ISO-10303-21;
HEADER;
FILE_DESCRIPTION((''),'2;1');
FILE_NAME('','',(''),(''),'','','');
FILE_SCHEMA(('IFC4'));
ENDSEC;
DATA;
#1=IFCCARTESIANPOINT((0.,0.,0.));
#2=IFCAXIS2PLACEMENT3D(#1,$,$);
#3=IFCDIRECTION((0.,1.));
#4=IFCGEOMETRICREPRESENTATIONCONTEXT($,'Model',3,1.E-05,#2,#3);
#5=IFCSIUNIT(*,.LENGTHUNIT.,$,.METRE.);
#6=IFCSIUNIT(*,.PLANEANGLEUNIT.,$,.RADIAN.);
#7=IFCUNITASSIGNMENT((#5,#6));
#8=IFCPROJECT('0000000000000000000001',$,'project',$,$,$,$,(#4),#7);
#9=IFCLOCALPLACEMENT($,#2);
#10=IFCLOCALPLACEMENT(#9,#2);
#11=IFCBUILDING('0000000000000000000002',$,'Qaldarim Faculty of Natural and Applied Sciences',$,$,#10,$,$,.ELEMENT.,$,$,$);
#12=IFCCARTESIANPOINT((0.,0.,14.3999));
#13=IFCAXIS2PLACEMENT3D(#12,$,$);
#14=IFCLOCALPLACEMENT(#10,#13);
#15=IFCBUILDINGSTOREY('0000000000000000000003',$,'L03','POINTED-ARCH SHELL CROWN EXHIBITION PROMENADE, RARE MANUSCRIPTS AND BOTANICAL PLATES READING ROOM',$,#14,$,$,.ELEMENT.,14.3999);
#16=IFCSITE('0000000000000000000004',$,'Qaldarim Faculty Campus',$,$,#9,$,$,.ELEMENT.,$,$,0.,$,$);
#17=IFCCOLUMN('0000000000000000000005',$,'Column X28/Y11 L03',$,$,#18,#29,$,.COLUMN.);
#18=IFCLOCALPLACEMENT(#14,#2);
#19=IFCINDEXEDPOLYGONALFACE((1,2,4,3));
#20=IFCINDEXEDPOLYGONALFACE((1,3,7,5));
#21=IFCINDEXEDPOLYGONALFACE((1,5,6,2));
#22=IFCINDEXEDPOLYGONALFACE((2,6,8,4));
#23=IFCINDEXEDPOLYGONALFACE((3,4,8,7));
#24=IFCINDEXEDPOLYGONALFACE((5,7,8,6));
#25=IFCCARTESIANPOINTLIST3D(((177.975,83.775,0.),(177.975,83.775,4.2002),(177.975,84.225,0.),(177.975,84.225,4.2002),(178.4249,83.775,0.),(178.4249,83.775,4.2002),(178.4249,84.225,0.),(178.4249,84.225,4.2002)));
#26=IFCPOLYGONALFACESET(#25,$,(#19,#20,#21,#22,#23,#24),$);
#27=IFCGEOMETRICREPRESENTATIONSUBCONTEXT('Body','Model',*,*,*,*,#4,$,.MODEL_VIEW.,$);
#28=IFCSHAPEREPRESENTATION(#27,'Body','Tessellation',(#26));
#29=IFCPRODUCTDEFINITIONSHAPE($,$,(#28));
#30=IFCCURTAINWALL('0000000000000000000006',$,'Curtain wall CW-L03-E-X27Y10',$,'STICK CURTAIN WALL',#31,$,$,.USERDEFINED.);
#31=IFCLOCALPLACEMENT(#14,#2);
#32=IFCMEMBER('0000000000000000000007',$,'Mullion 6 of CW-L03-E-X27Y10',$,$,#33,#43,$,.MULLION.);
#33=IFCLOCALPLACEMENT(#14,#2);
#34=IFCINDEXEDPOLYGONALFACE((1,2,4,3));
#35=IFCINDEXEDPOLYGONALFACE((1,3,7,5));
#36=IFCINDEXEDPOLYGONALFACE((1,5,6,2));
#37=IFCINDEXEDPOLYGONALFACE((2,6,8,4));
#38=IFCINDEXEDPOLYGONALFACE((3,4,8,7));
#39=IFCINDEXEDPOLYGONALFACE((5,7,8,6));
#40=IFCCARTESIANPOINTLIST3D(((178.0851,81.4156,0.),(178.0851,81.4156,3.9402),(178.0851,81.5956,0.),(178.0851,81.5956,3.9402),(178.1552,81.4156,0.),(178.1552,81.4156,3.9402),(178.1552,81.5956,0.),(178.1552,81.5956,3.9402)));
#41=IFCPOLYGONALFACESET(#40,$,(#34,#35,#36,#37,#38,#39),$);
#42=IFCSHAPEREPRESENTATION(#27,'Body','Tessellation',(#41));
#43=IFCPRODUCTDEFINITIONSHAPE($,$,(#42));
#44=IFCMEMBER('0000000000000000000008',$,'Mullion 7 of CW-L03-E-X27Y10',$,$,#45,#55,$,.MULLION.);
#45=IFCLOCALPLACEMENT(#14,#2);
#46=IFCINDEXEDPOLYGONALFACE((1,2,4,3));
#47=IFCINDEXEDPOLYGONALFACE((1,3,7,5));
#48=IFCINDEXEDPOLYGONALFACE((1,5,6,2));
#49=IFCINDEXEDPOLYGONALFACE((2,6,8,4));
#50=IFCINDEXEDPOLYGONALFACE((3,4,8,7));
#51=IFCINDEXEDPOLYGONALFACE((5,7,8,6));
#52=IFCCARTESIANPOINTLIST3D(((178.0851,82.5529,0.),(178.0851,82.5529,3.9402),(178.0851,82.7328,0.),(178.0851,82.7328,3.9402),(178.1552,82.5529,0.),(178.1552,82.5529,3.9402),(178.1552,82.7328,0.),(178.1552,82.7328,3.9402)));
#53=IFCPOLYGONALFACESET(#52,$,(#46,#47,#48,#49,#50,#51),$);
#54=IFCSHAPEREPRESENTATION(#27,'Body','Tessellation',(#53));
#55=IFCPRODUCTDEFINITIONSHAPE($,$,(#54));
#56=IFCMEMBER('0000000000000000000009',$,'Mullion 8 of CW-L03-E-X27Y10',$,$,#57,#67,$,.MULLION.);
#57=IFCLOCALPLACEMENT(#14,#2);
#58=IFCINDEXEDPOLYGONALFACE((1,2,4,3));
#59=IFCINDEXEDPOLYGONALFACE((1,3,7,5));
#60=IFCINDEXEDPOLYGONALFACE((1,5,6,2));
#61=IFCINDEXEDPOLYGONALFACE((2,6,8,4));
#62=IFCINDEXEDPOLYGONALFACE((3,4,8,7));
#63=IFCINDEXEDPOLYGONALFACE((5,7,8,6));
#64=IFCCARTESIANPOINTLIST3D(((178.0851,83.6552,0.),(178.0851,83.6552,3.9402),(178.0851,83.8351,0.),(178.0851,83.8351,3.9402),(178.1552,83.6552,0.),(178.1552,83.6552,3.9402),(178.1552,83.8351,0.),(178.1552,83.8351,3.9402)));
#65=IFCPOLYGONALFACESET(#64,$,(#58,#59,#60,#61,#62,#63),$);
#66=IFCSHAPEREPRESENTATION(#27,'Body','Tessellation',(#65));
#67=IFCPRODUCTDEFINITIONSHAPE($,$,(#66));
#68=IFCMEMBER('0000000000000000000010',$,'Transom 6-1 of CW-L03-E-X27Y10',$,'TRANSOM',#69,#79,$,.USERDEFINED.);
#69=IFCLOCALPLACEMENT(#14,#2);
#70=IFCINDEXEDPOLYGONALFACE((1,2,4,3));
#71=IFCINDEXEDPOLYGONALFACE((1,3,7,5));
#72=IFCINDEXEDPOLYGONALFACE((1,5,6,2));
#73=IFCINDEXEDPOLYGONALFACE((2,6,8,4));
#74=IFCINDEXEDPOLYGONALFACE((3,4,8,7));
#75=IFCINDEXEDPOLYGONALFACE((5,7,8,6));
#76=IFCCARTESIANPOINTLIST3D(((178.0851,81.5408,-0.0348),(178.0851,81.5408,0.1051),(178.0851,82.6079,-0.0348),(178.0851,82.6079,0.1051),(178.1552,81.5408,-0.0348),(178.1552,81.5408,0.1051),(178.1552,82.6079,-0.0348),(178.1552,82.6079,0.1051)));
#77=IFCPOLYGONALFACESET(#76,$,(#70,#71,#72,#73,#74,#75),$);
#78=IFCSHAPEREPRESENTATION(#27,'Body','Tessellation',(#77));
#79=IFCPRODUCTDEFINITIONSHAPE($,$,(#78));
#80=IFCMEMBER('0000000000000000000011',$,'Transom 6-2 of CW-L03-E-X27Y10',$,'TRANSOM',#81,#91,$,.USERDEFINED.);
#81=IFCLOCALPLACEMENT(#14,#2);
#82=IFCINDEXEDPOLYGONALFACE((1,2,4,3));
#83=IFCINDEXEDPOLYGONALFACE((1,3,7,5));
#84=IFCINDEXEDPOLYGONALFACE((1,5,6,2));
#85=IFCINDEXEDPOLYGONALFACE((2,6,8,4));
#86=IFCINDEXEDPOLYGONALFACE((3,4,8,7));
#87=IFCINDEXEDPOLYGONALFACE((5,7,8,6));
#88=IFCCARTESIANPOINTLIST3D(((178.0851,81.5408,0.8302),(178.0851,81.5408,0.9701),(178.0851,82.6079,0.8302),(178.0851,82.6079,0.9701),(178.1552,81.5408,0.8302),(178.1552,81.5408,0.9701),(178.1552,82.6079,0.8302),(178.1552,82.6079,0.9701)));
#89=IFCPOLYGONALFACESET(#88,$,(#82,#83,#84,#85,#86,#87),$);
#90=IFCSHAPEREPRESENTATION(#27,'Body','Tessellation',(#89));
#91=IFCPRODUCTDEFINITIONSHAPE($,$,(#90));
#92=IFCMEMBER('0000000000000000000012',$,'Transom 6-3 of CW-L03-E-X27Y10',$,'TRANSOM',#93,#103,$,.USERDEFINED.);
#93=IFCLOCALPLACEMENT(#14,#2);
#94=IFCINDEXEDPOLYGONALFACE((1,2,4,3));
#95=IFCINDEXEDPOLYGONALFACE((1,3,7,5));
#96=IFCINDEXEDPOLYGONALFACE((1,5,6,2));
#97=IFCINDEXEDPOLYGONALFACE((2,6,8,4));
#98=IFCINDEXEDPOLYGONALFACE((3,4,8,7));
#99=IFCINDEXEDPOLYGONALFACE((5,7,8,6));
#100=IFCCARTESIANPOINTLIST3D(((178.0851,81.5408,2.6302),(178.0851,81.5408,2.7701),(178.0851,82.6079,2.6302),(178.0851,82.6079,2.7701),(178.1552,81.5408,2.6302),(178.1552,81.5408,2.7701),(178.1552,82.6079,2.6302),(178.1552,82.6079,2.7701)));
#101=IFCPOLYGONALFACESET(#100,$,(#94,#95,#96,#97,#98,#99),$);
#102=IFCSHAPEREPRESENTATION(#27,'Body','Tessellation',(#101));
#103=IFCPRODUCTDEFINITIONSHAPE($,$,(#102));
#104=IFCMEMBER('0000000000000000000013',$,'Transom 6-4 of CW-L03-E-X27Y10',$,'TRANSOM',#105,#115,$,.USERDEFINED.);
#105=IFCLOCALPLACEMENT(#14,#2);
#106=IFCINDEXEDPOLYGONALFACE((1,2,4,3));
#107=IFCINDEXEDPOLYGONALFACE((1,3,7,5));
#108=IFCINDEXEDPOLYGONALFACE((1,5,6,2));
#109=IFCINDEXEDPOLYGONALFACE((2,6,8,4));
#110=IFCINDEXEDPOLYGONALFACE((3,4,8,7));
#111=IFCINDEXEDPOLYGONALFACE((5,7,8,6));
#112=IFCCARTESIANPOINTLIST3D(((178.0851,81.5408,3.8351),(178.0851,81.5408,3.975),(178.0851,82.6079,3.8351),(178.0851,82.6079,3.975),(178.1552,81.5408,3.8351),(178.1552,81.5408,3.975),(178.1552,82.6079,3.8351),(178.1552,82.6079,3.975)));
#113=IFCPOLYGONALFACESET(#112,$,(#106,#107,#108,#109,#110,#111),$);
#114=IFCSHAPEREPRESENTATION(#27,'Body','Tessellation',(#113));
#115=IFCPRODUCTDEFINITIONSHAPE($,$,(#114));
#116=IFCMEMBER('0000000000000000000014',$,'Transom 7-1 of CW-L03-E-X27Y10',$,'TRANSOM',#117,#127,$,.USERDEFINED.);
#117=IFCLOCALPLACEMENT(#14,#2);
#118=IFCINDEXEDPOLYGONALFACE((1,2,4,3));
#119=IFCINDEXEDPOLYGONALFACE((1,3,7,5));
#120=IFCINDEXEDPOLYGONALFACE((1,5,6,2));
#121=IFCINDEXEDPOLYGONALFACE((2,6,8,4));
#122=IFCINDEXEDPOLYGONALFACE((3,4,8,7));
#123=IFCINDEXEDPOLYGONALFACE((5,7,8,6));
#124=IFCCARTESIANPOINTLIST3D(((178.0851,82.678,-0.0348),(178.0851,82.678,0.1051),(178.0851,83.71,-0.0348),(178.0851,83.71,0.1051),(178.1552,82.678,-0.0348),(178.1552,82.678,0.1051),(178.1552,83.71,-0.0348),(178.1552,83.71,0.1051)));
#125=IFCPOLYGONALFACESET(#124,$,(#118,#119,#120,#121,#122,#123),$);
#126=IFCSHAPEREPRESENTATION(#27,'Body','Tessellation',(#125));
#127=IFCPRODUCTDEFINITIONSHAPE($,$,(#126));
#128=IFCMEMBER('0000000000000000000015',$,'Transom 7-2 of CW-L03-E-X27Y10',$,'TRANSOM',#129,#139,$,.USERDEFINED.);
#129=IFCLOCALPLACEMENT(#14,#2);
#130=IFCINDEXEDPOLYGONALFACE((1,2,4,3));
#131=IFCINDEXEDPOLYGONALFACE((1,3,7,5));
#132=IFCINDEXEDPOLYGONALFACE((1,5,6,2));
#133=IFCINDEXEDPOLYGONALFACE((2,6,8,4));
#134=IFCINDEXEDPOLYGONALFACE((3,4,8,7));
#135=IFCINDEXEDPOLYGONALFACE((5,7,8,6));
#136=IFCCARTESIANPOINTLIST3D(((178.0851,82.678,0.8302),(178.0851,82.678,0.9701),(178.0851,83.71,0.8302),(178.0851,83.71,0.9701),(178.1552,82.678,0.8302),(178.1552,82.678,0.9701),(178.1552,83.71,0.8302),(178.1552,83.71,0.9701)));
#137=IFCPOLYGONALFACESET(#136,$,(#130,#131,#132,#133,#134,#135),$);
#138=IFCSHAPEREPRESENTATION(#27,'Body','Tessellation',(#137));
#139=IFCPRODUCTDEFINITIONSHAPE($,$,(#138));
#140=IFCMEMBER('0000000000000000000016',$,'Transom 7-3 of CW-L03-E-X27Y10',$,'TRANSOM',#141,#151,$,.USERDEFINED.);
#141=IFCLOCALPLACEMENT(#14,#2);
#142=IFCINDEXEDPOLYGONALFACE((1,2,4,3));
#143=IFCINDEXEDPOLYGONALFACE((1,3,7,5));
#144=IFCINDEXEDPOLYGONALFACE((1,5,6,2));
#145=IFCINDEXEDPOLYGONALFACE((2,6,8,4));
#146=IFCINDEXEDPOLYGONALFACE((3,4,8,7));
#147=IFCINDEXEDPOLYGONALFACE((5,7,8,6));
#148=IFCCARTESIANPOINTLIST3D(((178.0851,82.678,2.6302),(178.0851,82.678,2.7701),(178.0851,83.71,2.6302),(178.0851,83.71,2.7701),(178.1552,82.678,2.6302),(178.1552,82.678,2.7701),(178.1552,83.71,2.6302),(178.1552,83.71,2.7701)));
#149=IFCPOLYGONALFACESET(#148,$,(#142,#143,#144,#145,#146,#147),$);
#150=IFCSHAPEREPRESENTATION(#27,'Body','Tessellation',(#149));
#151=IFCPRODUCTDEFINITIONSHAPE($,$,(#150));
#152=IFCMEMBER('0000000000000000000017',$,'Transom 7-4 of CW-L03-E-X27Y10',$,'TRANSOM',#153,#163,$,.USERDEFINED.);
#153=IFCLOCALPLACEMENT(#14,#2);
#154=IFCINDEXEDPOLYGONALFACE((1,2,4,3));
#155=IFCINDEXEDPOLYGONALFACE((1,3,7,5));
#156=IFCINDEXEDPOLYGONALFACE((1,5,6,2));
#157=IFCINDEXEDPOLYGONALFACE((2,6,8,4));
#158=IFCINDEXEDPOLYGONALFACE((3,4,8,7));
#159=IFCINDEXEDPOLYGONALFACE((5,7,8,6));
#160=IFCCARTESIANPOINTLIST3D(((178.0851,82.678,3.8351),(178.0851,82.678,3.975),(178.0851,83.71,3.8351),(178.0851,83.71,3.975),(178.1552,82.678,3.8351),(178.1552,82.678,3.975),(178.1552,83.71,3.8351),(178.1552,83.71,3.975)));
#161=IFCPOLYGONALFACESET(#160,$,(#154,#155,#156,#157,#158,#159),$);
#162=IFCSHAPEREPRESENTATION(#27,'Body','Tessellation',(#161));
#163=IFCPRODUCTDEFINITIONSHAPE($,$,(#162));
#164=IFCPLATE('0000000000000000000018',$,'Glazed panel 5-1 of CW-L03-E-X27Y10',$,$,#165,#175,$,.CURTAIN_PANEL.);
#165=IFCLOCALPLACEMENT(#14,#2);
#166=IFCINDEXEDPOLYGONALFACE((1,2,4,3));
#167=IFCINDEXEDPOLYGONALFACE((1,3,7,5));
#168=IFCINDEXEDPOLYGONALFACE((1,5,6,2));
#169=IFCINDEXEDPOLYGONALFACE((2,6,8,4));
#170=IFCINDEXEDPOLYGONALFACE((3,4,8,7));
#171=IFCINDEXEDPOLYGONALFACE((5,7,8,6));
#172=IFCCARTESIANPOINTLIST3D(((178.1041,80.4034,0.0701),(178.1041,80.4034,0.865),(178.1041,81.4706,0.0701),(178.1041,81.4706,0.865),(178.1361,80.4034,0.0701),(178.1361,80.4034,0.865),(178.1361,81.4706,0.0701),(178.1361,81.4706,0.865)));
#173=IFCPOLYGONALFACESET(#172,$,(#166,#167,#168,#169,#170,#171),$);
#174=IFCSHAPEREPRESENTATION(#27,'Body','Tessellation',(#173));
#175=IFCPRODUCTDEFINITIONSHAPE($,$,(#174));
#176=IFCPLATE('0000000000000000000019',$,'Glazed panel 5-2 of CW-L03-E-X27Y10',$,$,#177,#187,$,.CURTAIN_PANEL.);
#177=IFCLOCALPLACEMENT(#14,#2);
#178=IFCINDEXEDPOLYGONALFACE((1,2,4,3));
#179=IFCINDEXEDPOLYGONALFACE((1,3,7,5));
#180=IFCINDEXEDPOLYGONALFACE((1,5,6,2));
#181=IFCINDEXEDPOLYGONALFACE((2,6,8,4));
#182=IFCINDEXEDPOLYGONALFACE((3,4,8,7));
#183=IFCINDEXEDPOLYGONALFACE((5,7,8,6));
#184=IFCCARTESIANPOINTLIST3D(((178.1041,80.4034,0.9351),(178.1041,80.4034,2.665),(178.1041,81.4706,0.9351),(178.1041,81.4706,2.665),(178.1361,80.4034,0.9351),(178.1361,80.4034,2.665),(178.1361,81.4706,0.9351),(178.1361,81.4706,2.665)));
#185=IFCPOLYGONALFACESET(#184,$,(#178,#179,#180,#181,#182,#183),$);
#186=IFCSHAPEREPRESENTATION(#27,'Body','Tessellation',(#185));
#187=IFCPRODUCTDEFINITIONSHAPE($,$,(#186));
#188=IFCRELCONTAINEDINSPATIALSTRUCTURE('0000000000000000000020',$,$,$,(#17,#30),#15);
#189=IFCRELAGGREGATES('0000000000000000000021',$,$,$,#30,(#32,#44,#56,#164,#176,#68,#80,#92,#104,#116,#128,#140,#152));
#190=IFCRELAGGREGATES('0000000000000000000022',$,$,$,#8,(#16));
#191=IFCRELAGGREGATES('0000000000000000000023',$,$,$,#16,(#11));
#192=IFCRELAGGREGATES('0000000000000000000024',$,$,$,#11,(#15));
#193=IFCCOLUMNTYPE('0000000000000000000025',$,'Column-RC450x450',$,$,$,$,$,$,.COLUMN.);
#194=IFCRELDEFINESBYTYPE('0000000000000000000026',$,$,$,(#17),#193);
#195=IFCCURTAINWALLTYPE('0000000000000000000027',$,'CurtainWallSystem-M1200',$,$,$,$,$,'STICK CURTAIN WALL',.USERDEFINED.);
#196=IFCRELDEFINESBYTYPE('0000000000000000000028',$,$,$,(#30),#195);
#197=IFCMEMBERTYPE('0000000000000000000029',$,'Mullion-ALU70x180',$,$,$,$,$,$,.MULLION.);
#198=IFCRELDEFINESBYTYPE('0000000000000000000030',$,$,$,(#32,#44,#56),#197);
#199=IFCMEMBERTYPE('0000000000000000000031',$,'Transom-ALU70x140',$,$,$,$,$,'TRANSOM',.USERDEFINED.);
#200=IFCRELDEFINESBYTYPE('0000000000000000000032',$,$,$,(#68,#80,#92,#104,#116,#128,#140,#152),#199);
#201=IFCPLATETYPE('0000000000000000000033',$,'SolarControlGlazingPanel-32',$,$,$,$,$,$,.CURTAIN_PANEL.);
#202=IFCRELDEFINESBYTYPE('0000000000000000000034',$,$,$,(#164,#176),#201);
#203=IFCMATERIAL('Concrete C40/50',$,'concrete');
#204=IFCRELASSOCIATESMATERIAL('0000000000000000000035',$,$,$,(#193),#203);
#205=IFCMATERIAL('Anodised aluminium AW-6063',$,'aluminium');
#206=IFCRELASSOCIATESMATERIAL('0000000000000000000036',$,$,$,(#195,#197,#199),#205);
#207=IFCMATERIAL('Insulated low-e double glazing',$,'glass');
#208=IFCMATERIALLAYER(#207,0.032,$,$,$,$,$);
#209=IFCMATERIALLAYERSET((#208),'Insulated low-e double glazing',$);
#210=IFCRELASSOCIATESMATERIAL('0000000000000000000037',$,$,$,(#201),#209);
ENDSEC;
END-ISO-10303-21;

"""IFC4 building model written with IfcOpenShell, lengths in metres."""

from ifc_helpers import new_model, si_unit, direction, frame, origin, origin_2d, place, context, subcontext, project, spatial, rectangle, extrude, material, layer, layer_set, material_profile, profile_set, type_object, element, aggregate, save


model = new_model("IFC4")

# Units and contexts
model_context = context("Model", 3, precision=1e-05, world=origin(), true_north=direction((0.0, 1.0)))
body_context = subcontext(model_context, "Body", "Model", "MODEL_VIEW")
ifc_project = project(units=[si_unit("LENGTHUNIT", "METRE"), si_unit("PLANEANGLEUNIT", "RADIAN")], contexts=[model_context])

# Site, building, storey
site_placement = place(None, origin())
site = spatial("IfcSite", under=ifc_project, at=site_placement, Name="Qaldarim Faculty Campus", CompositionType="ELEMENT", RefElevation=0.0)
building_placement = place(site_placement, origin())
building = spatial("IfcBuilding", under=site, at=building_placement, Name="Qaldarim Faculty of Natural and Applied Sciences", CompositionType="ELEMENT")
storey_placement = place(building_placement, frame((0.0, 0.0, 14.3999)))
storey = spatial("IfcBuildingStorey", under=building, at=storey_placement, Name="L03", Description="POINTED-ARCH SHELL CROWN EXHIBITION PROMENADE, RARE MANUSCRIPTS AND BOTANICAL PLATES READING ROOM", CompositionType="ELEMENT", Elevation=14.3999)

# Column
ifc_material_1 = material(Name="Concrete C40/50", Category="concrete")
ifc_material_profile_1 = material_profile(ifc_material_1, rectangle(XDim=0.45, YDim=0.45, at=origin_2d()), Name="RC-C450x450")
ifc_profile_set_1 = profile_set([ifc_material_profile_1], Name="Concrete C40/50")
column_type = type_object("IfcColumnType", Name="Column-RC450x450", PredefinedType="COLUMN", material=ifc_profile_set_1)
column_placement = place(storey_placement, frame((178.2, 84.0, 0.0), z_axis=(0.0, 0.0, 1.0), x_axis=(1.0, 0.0, 0.0)))
element("IfcColumn", 1, at=column_placement, inside=storey, type_object=column_type, Name="Column X28/Y11 L03", PredefinedType="COLUMN", context=body_context, shape_type="SweptSolid", body=[
    extrude(rectangle(XDim=0.45, YDim=0.45, at=origin_2d()), origin(), (0.0, 0.0, 1.0), 4.2002),
])

# Curtain wall, members, plates
ifc_material_2 = material(Name="Anodised aluminium AW-6063", Category="aluminium")
curtain_wall_type = type_object("IfcCurtainWallType", Name="CurtainWallSystem-M1200", ElementType="STICK CURTAIN WALL", PredefinedType="USERDEFINED", material=ifc_material_2)
curtain_wall_placement = place(storey_placement, origin())
curtain_wall = element("IfcCurtainWall", 2, at=curtain_wall_placement, inside=storey, type_object=curtain_wall_type, Name="Curtain wall CW-L03-E-X27Y10", ObjectType="STICK CURTAIN WALL", PredefinedType="USERDEFINED")
ifc_material_profile_2 = material_profile(ifc_material_2, rectangle(XDim=0.0701, YDim=0.1799, at=origin_2d()), Name="ALU-M70x180")
ifc_profile_set_2 = profile_set([ifc_material_profile_2], Name="Anodised aluminium AW-6063")
member_type_1 = type_object("IfcMemberType", Name="Mullion-ALU70x180", PredefinedType="MULLION", material=ifc_profile_set_2)
member_1_placement = place(storey_placement, frame((178.1201, 81.5056, 0.0), z_axis=(0.0, 0.0, 1.0), x_axis=(-1.0, 0.0, 0.0)))
member_1 = element("IfcMember", 3, at=member_1_placement, type_object=member_type_1, Name="Mullion 6 of CW-L03-E-X27Y10", PredefinedType="MULLION", context=body_context, shape_type="SweptSolid", body=[
    extrude(rectangle(XDim=0.0701, YDim=0.1799, at=origin_2d()), origin(), (0.0, 0.0, 1.0), 3.9402),
])
member_2_placement = place(storey_placement, frame((178.1201, 82.6428, 0.0), z_axis=(0.0, 0.0, 1.0), x_axis=(-1.0, 0.0, 0.0)))
member_2 = element("IfcMember", 4, at=member_2_placement, type_object=member_type_1, Name="Mullion 7 of CW-L03-E-X27Y10", PredefinedType="MULLION", context=body_context, shape_type="SweptSolid", body=[
    extrude(rectangle(XDim=0.0701, YDim=0.1799, at=origin_2d()), origin(), (0.0, 0.0, 1.0), 3.9402),
])
member_3_placement = place(storey_placement, frame((178.1201, 83.7451, 0.0), z_axis=(0.0, 0.0, 1.0), x_axis=(-1.0, 0.0, 0.0)))
member_3 = element("IfcMember", 5, at=member_3_placement, type_object=member_type_1, Name="Mullion 8 of CW-L03-E-X27Y10", PredefinedType="MULLION", context=body_context, shape_type="SweptSolid", body=[
    extrude(rectangle(XDim=0.0701, YDim=0.1799, at=origin_2d()), origin(), (0.0, 0.0, 1.0), 3.9402),
])
ifc_material_profile_3 = material_profile(ifc_material_2, rectangle(XDim=0.0701, YDim=0.1399, at=origin_2d()), Name="ALU-T70x140")
ifc_profile_set_3 = profile_set([ifc_material_profile_3], Name="Anodised aluminium AW-6063")
member_type_2 = type_object("IfcMemberType", Name="Transom-ALU70x140", ElementType="TRANSOM", PredefinedType="USERDEFINED", material=ifc_profile_set_3)
member_4_placement = place(storey_placement, frame((178.1201, 81.5408, 0.0352), z_axis=(0.0, 1.0, 0.0), x_axis=(-1.0, 0.0, 0.0)))
member_4 = element("IfcMember", 6, at=member_4_placement, type_object=member_type_2, Name="Transom 6-1 of CW-L03-E-X27Y10", ObjectType="TRANSOM", PredefinedType="USERDEFINED", context=body_context, shape_type="SweptSolid", body=[
    extrude(rectangle(XDim=0.0701, YDim=0.1399, at=origin_2d()), origin(), (0.0, 0.0, 1.0), 1.0671),
])
member_5_placement = place(storey_placement, frame((178.1201, 81.5408, 0.9001), z_axis=(0.0, 1.0, 0.0), x_axis=(-1.0, 0.0, 0.0)))
member_5 = element("IfcMember", 7, at=member_5_placement, type_object=member_type_2, Name="Transom 6-2 of CW-L03-E-X27Y10", ObjectType="TRANSOM", PredefinedType="USERDEFINED", context=body_context, shape_type="SweptSolid", body=[
    extrude(rectangle(XDim=0.0701, YDim=0.1399, at=origin_2d()), origin(), (0.0, 0.0, 1.0), 1.0671),
])
member_6_placement = place(storey_placement, frame((178.1201, 81.5408, 2.7002), z_axis=(0.0, 1.0, 0.0), x_axis=(-1.0, 0.0, 0.0)))
member_6 = element("IfcMember", 8, at=member_6_placement, type_object=member_type_2, Name="Transom 6-3 of CW-L03-E-X27Y10", ObjectType="TRANSOM", PredefinedType="USERDEFINED", context=body_context, shape_type="SweptSolid", body=[
    extrude(rectangle(XDim=0.0701, YDim=0.1399, at=origin_2d()), origin(), (0.0, 0.0, 1.0), 1.0671),
])
member_7_placement = place(storey_placement, frame((178.1201, 81.5408, 3.905), z_axis=(0.0, 1.0, 0.0), x_axis=(-1.0, 0.0, 0.0)))
member_7 = element("IfcMember", 9, at=member_7_placement, type_object=member_type_2, Name="Transom 6-4 of CW-L03-E-X27Y10", ObjectType="TRANSOM", PredefinedType="USERDEFINED", context=body_context, shape_type="SweptSolid", body=[
    extrude(rectangle(XDim=0.0701, YDim=0.1399, at=origin_2d()), origin(), (0.0, 0.0, 1.0), 1.0671),
])
member_8_placement = place(storey_placement, frame((178.1201, 82.678, 0.0352), z_axis=(0.0, 1.0, 0.0), x_axis=(-1.0, 0.0, 0.0)))
member_8 = element("IfcMember", 10, at=member_8_placement, type_object=member_type_2, Name="Transom 7-1 of CW-L03-E-X27Y10", ObjectType="TRANSOM", PredefinedType="USERDEFINED", context=body_context, shape_type="SweptSolid", body=[
    extrude(rectangle(XDim=0.0701, YDim=0.1399, at=origin_2d()), origin(), (0.0, 0.0, 1.0), 1.032),
])
member_9_placement = place(storey_placement, frame((178.1201, 82.678, 0.9001), z_axis=(0.0, 1.0, 0.0), x_axis=(-1.0, 0.0, 0.0)))
member_9 = element("IfcMember", 11, at=member_9_placement, type_object=member_type_2, Name="Transom 7-2 of CW-L03-E-X27Y10", ObjectType="TRANSOM", PredefinedType="USERDEFINED", context=body_context, shape_type="SweptSolid", body=[
    extrude(rectangle(XDim=0.0701, YDim=0.1399, at=origin_2d()), origin(), (0.0, 0.0, 1.0), 1.032),
])
member_10_placement = place(storey_placement, frame((178.1201, 82.678, 2.7002), z_axis=(0.0, 1.0, 0.0), x_axis=(-1.0, 0.0, 0.0)))
member_10 = element("IfcMember", 12, at=member_10_placement, type_object=member_type_2, Name="Transom 7-3 of CW-L03-E-X27Y10", ObjectType="TRANSOM", PredefinedType="USERDEFINED", context=body_context, shape_type="SweptSolid", body=[
    extrude(rectangle(XDim=0.0701, YDim=0.1399, at=origin_2d()), origin(), (0.0, 0.0, 1.0), 1.032),
])
member_11_placement = place(storey_placement, frame((178.1201, 82.678, 3.905), z_axis=(0.0, 1.0, 0.0), x_axis=(-1.0, 0.0, 0.0)))
member_11 = element("IfcMember", 13, at=member_11_placement, type_object=member_type_2, Name="Transom 7-4 of CW-L03-E-X27Y10", ObjectType="TRANSOM", PredefinedType="USERDEFINED", context=body_context, shape_type="SweptSolid", body=[
    extrude(rectangle(XDim=0.0701, YDim=0.1399, at=origin_2d()), origin(), (0.0, 0.0, 1.0), 1.032),
])
ifc_material_3 = material(Name="Insulated low-e double glazing", Category="glass")
ifc_layer_1 = layer(ifc_material_3, 0.032)
ifc_layer_set_1 = layer_set([ifc_layer_1], Name="Insulated low-e double glazing")
plate_type = type_object("IfcPlateType", Name="SolarControlGlazingPanel-32", PredefinedType="CURTAIN_PANEL", material=ifc_layer_set_1)
plate_1_placement = place(storey_placement, frame((178.1201, 80.937, 0.0701), z_axis=(0.0, 0.0, 1.0), x_axis=(0.0, 1.0, 0.0)))
plate_1 = element("IfcPlate", 14, at=plate_1_placement, type_object=plate_type, Name="Glazed panel 5-1 of CW-L03-E-X27Y10", PredefinedType="CURTAIN_PANEL", context=body_context, shape_type="SweptSolid", body=[
    extrude(rectangle(XDim=1.0671, YDim=0.032, at=origin_2d()), origin(), (0.0, 0.0, 1.0), 0.7949),
])
plate_2_placement = place(storey_placement, frame((178.1201, 80.937, 0.9351), z_axis=(0.0, 0.0, 1.0), x_axis=(0.0, 1.0, 0.0)))
plate_2 = element("IfcPlate", 15, at=plate_2_placement, type_object=plate_type, Name="Glazed panel 5-2 of CW-L03-E-X27Y10", PredefinedType="CURTAIN_PANEL", context=body_context, shape_type="SweptSolid", body=[
    extrude(rectangle(XDim=1.0671, YDim=0.032, at=origin_2d()), origin(), (0.0, 0.0, 1.0), 1.73),
])
aggregate(curtain_wall, [member_1, member_2, member_3, plate_1, plate_2, member_4, member_5, member_6, member_7, member_8, member_9, member_10, member_11])

save(model, "model.ifc")
